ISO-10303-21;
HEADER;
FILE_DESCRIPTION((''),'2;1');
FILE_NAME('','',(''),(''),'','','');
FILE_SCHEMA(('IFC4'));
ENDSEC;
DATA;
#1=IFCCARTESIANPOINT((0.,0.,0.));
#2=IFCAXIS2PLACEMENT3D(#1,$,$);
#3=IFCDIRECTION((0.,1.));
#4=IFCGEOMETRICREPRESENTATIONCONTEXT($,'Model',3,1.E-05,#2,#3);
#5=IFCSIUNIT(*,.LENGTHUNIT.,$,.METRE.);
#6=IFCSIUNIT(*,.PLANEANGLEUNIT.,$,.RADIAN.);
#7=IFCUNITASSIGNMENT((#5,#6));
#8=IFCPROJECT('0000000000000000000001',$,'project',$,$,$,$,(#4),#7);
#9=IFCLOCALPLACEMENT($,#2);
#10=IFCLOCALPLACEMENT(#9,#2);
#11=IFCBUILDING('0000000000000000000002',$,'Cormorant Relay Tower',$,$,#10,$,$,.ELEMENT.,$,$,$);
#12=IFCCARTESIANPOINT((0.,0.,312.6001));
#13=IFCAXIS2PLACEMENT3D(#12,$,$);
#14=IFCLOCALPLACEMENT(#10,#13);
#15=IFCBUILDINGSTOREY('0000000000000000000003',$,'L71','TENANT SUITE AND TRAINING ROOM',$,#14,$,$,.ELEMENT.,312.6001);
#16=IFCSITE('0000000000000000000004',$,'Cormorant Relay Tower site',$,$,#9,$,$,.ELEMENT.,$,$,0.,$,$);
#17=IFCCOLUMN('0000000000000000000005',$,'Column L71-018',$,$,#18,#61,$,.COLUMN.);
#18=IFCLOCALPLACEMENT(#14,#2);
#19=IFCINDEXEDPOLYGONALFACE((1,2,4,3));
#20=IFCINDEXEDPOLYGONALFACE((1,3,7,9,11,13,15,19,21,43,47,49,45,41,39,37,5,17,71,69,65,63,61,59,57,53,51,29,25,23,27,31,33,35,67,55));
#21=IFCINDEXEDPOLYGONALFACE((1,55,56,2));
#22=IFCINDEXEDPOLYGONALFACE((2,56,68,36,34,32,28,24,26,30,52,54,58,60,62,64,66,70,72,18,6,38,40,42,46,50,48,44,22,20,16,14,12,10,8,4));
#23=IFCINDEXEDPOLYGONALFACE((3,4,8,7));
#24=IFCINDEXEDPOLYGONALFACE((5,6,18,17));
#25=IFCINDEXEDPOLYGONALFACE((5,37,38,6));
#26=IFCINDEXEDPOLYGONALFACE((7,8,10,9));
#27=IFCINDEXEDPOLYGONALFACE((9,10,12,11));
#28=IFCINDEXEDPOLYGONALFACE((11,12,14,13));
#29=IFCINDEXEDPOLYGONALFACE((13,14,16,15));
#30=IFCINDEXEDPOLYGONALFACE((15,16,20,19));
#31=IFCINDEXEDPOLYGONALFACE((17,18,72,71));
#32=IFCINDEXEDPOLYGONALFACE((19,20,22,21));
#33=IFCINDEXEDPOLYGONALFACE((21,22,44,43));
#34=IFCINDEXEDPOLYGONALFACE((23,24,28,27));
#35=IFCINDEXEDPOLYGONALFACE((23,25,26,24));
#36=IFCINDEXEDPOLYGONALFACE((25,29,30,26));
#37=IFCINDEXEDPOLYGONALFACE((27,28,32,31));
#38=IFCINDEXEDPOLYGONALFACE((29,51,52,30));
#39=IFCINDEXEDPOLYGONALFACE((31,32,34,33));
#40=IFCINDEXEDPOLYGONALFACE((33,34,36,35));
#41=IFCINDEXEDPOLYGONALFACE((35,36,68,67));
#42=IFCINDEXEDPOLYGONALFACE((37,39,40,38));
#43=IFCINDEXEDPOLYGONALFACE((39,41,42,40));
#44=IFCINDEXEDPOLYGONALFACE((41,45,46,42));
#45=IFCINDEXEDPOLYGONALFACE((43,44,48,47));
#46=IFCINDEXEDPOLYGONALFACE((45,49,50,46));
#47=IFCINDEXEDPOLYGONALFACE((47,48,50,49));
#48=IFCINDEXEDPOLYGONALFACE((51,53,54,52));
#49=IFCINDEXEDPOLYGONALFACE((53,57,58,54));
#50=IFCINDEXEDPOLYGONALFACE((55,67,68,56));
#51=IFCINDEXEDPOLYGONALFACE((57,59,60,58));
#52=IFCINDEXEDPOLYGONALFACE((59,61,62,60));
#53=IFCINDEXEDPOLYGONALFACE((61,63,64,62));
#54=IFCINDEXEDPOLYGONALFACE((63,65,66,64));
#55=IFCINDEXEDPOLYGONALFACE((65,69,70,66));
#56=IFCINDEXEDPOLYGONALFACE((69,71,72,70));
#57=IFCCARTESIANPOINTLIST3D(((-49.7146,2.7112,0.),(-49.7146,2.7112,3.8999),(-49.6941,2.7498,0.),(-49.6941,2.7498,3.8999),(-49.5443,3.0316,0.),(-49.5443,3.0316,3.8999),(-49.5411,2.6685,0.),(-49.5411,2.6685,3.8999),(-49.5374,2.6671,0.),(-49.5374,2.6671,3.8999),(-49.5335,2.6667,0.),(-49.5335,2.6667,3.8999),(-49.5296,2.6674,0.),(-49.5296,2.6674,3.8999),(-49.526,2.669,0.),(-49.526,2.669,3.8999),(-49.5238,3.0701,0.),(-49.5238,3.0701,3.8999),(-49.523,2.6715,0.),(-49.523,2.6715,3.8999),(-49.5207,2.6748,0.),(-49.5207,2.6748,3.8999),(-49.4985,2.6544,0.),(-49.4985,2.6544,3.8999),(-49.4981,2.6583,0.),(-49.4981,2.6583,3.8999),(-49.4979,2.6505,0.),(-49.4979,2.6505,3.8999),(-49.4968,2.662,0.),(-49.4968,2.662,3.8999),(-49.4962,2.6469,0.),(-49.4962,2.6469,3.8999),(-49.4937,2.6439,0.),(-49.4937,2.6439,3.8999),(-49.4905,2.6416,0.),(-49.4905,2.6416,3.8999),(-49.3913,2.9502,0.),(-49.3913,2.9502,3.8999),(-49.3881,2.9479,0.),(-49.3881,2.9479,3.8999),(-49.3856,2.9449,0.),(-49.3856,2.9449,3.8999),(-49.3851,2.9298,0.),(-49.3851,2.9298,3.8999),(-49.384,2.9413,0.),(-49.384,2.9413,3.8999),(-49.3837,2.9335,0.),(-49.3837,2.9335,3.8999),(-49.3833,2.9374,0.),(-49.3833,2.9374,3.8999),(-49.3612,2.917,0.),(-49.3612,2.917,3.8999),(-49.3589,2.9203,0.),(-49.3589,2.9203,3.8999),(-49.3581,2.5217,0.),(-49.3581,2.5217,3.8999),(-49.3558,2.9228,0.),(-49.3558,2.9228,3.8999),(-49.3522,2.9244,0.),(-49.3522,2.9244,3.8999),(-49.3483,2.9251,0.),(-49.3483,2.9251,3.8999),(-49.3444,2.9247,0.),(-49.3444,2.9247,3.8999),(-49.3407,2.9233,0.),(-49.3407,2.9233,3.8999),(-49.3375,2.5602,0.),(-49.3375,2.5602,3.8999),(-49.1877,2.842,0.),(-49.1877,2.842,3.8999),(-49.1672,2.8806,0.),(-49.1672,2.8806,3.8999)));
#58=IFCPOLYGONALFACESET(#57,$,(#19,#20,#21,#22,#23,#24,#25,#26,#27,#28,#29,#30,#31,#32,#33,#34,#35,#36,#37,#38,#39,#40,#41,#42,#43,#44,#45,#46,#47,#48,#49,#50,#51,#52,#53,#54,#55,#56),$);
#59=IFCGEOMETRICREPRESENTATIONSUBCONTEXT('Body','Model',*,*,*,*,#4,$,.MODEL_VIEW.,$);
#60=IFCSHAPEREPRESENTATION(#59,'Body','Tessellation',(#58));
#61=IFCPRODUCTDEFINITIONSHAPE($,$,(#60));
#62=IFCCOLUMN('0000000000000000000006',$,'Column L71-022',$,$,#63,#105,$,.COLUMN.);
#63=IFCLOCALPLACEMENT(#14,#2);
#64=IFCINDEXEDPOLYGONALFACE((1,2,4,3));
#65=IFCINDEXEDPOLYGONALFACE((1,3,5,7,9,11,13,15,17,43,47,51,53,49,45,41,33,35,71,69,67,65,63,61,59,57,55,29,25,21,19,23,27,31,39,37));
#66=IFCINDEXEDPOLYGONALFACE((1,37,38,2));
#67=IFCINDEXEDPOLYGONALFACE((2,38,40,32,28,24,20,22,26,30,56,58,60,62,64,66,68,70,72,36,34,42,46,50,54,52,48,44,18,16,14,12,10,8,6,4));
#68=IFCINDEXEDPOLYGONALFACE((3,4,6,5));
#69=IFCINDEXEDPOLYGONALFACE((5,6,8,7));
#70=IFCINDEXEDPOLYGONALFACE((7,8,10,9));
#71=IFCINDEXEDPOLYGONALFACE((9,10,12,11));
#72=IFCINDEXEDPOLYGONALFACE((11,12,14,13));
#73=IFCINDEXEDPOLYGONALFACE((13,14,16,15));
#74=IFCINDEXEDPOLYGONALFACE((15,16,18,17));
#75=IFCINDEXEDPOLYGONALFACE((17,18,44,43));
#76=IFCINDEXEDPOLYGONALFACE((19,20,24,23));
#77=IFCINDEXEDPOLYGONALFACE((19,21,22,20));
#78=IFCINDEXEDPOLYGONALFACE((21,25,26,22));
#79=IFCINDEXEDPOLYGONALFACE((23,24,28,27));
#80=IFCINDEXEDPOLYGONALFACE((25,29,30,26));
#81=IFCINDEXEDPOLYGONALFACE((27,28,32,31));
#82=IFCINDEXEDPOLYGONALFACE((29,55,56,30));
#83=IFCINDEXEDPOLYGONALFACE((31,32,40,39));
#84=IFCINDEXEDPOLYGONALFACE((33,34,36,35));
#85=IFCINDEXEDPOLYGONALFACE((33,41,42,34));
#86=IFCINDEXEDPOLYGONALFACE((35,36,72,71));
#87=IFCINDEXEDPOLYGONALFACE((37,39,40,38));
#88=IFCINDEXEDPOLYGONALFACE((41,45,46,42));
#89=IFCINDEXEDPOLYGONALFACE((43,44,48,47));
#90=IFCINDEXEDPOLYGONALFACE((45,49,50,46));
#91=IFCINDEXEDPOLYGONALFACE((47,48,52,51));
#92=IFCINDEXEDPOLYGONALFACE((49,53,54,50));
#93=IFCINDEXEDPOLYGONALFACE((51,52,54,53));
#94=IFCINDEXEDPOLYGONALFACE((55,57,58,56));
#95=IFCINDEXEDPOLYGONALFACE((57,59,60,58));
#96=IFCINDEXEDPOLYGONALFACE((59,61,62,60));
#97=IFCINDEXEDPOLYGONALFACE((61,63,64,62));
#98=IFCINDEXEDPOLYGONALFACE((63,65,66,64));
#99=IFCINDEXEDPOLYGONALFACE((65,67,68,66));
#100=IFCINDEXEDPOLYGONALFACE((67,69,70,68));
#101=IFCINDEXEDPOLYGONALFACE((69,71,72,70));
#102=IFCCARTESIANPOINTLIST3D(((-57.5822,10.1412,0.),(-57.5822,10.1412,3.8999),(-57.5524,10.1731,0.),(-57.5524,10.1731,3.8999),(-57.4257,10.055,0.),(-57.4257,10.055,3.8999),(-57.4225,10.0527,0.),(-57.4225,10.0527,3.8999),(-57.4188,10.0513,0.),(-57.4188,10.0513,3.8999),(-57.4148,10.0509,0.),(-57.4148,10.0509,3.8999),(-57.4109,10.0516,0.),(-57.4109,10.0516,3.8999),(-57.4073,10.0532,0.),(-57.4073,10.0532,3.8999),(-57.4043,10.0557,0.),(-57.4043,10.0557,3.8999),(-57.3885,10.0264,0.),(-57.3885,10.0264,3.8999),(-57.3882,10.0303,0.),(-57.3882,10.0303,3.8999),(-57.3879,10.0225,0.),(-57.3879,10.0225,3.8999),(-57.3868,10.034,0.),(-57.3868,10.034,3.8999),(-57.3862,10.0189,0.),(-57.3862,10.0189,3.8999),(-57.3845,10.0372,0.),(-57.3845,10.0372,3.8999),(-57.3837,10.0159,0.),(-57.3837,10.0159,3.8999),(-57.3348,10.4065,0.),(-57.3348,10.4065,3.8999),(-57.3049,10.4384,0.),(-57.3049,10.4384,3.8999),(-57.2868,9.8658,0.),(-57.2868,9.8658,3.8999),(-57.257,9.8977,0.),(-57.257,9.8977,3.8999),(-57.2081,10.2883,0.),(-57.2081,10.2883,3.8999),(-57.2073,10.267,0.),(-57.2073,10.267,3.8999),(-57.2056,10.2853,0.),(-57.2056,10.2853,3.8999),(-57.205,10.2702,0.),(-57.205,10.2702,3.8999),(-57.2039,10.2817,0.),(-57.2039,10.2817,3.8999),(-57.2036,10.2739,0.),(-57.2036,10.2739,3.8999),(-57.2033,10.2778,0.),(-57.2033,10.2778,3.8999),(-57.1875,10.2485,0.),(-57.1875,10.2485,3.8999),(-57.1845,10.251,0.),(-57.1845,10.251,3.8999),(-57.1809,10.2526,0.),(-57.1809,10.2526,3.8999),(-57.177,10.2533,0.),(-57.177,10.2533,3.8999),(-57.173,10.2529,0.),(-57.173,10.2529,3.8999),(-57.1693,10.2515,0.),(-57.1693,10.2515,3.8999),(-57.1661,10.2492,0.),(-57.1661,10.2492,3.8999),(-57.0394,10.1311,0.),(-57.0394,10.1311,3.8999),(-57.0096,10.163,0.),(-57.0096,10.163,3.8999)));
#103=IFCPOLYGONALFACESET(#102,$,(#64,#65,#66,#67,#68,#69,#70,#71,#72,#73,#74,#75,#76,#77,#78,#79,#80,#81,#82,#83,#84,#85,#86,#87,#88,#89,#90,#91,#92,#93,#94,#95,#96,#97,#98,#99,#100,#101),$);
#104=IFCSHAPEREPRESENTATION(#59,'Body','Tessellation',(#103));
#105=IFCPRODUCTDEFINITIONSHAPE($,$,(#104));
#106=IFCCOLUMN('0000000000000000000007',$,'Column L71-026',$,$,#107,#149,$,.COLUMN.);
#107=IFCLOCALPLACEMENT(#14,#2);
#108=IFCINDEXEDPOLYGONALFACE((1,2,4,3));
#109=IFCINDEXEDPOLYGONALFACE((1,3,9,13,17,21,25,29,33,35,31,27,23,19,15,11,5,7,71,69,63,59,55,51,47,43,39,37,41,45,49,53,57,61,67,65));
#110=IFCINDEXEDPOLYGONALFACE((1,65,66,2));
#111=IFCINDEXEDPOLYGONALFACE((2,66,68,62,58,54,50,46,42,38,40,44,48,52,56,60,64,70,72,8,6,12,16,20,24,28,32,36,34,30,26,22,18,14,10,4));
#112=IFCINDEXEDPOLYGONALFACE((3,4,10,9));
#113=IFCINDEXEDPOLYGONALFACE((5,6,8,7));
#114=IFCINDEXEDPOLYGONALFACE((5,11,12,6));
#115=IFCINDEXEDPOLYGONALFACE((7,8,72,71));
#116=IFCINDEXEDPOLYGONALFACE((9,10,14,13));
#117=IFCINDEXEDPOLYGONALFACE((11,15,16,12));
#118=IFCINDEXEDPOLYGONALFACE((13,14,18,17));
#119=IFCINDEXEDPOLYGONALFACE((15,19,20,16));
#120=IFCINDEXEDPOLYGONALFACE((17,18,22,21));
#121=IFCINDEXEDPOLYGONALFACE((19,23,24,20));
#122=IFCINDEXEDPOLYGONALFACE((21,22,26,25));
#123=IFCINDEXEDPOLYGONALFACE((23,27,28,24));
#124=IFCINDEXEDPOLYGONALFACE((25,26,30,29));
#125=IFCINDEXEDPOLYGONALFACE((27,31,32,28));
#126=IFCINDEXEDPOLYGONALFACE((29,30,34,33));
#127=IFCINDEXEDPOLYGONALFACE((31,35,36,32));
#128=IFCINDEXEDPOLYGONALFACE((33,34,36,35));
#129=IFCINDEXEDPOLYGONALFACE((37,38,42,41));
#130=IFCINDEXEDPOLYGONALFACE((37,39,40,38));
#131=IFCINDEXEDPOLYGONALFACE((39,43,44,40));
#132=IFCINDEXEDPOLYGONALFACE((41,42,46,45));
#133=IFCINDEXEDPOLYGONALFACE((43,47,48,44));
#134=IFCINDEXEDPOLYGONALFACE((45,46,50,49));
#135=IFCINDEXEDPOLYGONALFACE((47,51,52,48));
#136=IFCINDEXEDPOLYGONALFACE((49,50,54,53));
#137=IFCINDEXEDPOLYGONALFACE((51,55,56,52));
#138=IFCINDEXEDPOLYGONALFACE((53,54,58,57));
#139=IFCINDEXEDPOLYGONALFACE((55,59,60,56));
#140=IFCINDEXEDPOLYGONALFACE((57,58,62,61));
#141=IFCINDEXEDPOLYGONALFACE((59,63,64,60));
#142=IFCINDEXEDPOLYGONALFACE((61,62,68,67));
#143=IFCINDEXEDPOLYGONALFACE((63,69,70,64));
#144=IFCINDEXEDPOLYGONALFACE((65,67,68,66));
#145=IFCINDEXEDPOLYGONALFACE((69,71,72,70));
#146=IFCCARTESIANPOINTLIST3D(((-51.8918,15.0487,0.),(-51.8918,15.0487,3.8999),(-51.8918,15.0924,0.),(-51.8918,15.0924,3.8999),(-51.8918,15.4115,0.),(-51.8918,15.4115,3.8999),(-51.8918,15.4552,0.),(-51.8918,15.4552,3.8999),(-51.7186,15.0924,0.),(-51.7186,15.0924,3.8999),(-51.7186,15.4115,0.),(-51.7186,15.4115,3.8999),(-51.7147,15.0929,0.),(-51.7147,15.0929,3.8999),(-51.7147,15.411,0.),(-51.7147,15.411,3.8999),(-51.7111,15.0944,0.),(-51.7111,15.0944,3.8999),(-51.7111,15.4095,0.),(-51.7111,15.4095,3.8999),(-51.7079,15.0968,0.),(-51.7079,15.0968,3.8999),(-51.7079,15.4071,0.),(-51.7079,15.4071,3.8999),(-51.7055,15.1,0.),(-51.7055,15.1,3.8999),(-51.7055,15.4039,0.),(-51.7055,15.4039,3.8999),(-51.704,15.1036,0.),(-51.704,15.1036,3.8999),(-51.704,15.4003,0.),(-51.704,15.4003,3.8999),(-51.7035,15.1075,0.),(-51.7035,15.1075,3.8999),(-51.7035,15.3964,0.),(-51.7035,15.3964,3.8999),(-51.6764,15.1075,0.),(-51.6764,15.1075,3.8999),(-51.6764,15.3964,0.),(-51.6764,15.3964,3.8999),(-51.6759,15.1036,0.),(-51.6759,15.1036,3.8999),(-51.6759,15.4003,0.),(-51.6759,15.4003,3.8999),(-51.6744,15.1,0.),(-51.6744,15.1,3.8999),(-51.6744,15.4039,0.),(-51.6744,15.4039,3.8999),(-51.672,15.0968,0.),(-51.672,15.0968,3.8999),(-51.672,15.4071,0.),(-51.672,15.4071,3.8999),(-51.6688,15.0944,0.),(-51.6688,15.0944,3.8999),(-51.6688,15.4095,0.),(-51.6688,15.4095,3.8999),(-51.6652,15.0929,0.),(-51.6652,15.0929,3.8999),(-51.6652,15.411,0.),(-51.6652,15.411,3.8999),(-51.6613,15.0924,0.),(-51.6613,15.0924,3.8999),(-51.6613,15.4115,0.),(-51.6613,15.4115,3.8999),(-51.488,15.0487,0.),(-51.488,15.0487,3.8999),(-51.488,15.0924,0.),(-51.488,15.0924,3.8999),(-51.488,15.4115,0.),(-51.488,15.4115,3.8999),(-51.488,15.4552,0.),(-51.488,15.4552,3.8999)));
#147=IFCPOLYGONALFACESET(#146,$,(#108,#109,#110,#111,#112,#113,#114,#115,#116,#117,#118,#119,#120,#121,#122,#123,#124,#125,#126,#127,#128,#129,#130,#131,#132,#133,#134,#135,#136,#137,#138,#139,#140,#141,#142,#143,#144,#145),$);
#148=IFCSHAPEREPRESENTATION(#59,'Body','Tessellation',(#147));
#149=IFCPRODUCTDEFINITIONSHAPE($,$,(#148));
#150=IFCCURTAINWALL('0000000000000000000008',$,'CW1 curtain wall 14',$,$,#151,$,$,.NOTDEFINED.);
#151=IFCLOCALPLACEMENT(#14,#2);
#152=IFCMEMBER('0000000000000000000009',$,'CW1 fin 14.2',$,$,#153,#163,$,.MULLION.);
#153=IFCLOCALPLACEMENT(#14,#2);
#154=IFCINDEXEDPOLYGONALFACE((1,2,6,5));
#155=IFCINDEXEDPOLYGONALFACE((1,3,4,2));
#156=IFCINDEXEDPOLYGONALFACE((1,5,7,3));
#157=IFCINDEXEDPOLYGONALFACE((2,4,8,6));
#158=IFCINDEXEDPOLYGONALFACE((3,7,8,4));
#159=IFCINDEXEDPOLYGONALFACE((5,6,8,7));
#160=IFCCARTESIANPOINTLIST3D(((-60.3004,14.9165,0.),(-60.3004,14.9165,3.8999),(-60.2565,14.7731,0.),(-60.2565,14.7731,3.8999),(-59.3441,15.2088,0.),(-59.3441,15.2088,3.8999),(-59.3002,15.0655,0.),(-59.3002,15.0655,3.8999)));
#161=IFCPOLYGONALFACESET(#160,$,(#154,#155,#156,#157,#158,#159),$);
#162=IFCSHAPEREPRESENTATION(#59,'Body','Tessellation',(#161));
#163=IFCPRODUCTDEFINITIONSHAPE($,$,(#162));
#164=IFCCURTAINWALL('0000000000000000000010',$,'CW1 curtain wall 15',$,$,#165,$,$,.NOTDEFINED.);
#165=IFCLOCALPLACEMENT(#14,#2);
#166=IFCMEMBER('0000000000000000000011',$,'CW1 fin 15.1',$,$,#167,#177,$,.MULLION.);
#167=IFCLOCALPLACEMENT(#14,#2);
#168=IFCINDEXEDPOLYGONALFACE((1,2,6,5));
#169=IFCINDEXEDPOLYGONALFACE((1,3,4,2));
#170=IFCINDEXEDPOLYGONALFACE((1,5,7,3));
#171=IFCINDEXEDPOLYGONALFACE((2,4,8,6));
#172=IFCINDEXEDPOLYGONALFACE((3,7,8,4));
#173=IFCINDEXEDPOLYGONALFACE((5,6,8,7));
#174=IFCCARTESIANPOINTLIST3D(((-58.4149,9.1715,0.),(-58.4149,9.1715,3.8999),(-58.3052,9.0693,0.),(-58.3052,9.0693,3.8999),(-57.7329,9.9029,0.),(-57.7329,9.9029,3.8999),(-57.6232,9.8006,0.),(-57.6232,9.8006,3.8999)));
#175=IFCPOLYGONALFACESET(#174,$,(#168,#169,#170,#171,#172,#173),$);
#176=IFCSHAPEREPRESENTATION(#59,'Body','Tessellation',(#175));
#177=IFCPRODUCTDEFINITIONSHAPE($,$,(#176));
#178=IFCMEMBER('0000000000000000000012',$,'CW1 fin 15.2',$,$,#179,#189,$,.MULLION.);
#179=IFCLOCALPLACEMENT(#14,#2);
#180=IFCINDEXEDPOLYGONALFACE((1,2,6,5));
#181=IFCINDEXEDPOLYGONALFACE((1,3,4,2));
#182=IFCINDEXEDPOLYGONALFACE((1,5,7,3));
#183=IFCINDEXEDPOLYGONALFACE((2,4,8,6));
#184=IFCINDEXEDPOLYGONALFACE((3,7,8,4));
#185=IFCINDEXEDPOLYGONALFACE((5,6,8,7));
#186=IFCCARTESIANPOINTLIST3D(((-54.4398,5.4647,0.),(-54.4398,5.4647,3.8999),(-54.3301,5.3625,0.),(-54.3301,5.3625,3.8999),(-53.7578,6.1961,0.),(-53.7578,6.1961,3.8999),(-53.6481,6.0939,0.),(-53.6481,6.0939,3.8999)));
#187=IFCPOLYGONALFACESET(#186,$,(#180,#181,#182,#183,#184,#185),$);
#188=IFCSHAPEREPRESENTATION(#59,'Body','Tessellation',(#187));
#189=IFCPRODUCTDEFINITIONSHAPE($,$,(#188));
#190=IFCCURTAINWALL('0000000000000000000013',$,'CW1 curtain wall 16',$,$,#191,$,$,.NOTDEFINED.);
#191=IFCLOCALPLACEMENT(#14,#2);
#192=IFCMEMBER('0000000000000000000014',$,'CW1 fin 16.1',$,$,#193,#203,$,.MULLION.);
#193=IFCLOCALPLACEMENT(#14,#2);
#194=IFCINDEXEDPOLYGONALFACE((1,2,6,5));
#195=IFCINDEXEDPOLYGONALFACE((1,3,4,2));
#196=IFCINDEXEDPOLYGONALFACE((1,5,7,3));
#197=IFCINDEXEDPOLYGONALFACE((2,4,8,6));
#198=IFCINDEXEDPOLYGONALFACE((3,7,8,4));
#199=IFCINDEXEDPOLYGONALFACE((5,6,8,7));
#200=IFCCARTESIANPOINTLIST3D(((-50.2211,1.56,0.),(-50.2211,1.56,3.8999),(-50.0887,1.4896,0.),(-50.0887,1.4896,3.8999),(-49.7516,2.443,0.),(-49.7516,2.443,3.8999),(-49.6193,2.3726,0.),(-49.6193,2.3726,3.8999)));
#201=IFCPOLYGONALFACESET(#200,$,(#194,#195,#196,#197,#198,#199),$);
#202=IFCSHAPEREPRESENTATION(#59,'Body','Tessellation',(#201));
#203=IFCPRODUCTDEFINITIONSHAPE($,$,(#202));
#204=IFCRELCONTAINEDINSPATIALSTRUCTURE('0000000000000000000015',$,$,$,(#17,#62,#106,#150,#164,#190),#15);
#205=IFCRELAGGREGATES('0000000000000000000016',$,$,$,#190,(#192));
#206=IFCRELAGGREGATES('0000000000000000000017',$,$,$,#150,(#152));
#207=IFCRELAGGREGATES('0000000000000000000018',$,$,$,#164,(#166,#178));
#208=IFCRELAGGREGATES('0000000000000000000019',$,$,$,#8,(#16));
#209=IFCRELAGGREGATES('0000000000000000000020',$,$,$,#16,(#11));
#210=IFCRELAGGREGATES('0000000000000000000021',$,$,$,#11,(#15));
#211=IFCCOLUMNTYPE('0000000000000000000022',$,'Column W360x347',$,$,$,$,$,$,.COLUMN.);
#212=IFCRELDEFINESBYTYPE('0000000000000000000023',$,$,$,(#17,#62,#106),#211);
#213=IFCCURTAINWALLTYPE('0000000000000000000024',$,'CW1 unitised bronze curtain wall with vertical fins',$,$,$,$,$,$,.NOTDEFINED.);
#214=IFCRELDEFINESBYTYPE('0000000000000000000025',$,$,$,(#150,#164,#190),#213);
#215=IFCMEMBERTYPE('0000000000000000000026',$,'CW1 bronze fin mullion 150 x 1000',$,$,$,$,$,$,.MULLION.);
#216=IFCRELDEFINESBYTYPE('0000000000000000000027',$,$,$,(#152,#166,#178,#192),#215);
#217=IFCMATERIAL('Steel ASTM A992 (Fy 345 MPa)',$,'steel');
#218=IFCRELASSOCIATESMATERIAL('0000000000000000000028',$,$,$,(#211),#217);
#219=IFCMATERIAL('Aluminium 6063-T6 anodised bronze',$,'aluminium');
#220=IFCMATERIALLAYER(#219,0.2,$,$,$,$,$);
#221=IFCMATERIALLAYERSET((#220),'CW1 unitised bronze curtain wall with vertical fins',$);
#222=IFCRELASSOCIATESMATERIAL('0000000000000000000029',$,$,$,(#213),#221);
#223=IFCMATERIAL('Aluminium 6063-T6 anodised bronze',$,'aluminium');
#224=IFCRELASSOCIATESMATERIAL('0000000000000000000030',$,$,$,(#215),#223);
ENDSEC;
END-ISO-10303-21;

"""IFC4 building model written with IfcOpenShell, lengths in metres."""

from ifc_helpers import new_model, si_unit, direction, frame, origin, origin_2d, place, context, subcontext, project, spatial, rectangle, i_section, extrude, material, layer, layer_set, material_profile, profile_set, type_object, element, aggregate, save


model = new_model("IFC4")

# Units and contexts
model_context = context("Model", 3, precision=1e-05, world=origin(), true_north=direction((0.0, 1.0)))
body_context = subcontext(model_context, "Body", "Model", "MODEL_VIEW")
ifc_project = project(units=[si_unit("LENGTHUNIT", "METRE"), si_unit("PLANEANGLEUNIT", "RADIAN")], contexts=[model_context])

# Site, building, storey
site_placement = place(None, origin())
site = spatial("IfcSite", under=ifc_project, at=site_placement, Name="Cormorant Relay Tower site", CompositionType="ELEMENT", RefElevation=0.0)
building_placement = place(site_placement, origin())
building = spatial("IfcBuilding", under=site, at=building_placement, Name="Cormorant Relay Tower", CompositionType="ELEMENT")
storey_placement = place(building_placement, frame((0.0, 0.0, 312.6001)))
storey = spatial("IfcBuildingStorey", under=building, at=storey_placement, Name="L71", Description="TENANT SUITE AND TRAINING ROOM", CompositionType="ELEMENT", Elevation=312.6001)

# Columns
ifc_material_1 = material(Name="Steel ASTM A992 (Fy 345 MPa)", Category="steel")
ifc_material_profile_1 = material_profile(ifc_material_1, i_section(OverallWidth=0.4038, OverallDepth=0.4065, WebThickness=0.0271, FlangeThickness=0.0437, FilletRadius=0.0151, at=origin_2d()), Name="W360x347")
ifc_profile_set_1 = profile_set([ifc_material_profile_1], Name="Steel ASTM A992 (Fy 345 MPa)")
column_type = type_object("IfcColumnType", Name="Column W360x347", PredefinedType="COLUMN", material=ifc_profile_set_1)
for number, where, z_axis, x_axis, name in (
    (1, (-49.4409, 2.7959, 0.0), (0.0, 0.0, 1.0), (0.882948, -0.469472, 0.0), "Column L71-018"),
    (2, (-57.2959, 10.1521, 0.0), (0.0, 0.0, 1.0), (0.731354, -0.681998, 0.0), "Column L71-022"),
    (3, (-51.6899, 15.252, 0.0), (0.0, 0.0, 1.0), (1.0, 0.0, 0.0), "Column L71-026"),
):
    element("IfcColumn", number, at=place(storey_placement, frame(where, z_axis=z_axis, x_axis=x_axis)), inside=storey, type_object=column_type, Name=name, PredefinedType="COLUMN", context=body_context, shape_type="SweptSolid", body=[
        extrude(i_section(OverallWidth=0.4038, OverallDepth=0.4065, WebThickness=0.0271, FlangeThickness=0.0437, FilletRadius=0.0151, at=origin_2d()), origin(), (0.0, 0.0, 1.0), 3.8999),
    ])

# Curtain wall, member
ifc_material_2 = material(Name="Aluminium 6063-T6 anodised bronze", Category="aluminium")
ifc_layer_1 = layer(ifc_material_2, 0.2)
ifc_layer_set_1 = layer_set([ifc_layer_1], Name="CW1 unitised bronze curtain wall with vertical fins")
curtain_wall_type = type_object("IfcCurtainWallType", Name="CW1 unitised bronze curtain wall with vertical fins", PredefinedType="NOTDEFINED", material=ifc_layer_set_1)
curtain_wall_1_placement = place(storey_placement, origin())
curtain_wall_1 = element("IfcCurtainWall", 4, at=curtain_wall_1_placement, inside=storey, type_object=curtain_wall_type, Name="CW1 curtain wall 14", PredefinedType="NOTDEFINED")
ifc_material_3 = material(Name="Aluminium 6063-T6 anodised bronze", Category="aluminium")
ifc_material_profile_2 = material_profile(ifc_material_3, rectangle(XDim=0.1499, YDim=1.0, at=origin_2d()), Name="AL 150x1000")
ifc_profile_set_2 = profile_set([ifc_material_profile_2], Name="Aluminium 6063-T6 anodised bronze")
member_type_1 = type_object("IfcMemberType", Name="CW1 bronze fin mullion 150 x 1000", PredefinedType="MULLION", material=ifc_profile_set_2)
member_1_placement = place(storey_placement, frame((-59.8003, 14.991, 0.0), z_axis=(0.0, 0.0, 1.0), x_axis=(0.292372, -0.956305, 0.0)))
member_1 = element("IfcMember", 5, at=member_1_placement, type_object=member_type_1, Name="CW1 fin 14.2", PredefinedType="MULLION", context=body_context, shape_type="SweptSolid", body=[
    extrude(rectangle(XDim=0.1499, YDim=1.0, at=origin_2d()), origin(), (0.0, 0.0, 1.0), 3.8999),
])

# Curtain wall, members
curtain_wall_2_placement = place(storey_placement, origin())
curtain_wall_2 = element("IfcCurtainWall", 6, at=curtain_wall_2_placement, inside=storey, type_object=curtain_wall_type, Name="CW1 curtain wall 15", PredefinedType="NOTDEFINED")
member_2_placement = place(storey_placement, frame((-58.019, 9.4861, 0.0), z_axis=(0.0, 0.0, 1.0), x_axis=(0.731354, -0.681998, 0.0)))
member_2 = element("IfcMember", 7, at=member_2_placement, type_object=member_type_1, Name="CW1 fin 15.1", PredefinedType="MULLION", context=body_context, shape_type="SweptSolid", body=[
    extrude(rectangle(XDim=0.1499, YDim=1.0, at=origin_2d()), origin(), (0.0, 0.0, 1.0), 3.8999),
])
member_3_placement = place(storey_placement, frame((-54.0439, 5.7793, 0.0), z_axis=(0.0, 0.0, 1.0), x_axis=(0.731354, -0.681998, 0.0)))
member_3 = element("IfcMember", 8, at=member_3_placement, type_object=member_type_1, Name="CW1 fin 15.2", PredefinedType="MULLION", context=body_context, shape_type="SweptSolid", body=[
    extrude(rectangle(XDim=0.1499, YDim=1.0, at=origin_2d()), origin(), (0.0, 0.0, 1.0), 3.8999),
])

# Curtain wall, member
curtain_wall_3_placement = place(storey_placement, origin())
curtain_wall_3 = element("IfcCurtainWall", 9, at=curtain_wall_3_placement, inside=storey, type_object=curtain_wall_type, Name="CW1 curtain wall 16", PredefinedType="NOTDEFINED")
member_4_placement = place(storey_placement, frame((-49.9202, 1.9663, 0.0), z_axis=(0.0, 0.0, 1.0), x_axis=(0.882948, -0.469472, 0.0)))
member_4 = element("IfcMember", 10, at=member_4_placement, type_object=member_type_1, Name="CW1 fin 16.1", PredefinedType="MULLION", context=body_context, shape_type="SweptSolid", body=[
    extrude(rectangle(XDim=0.1499, YDim=1.0, at=origin_2d()), origin(), (0.0, 0.0, 1.0), 3.8999),
])

aggregate(curtain_wall_3, [member_4])

aggregate(curtain_wall_1, [member_1])
aggregate(curtain_wall_2, [member_2, member_3])

save(model, "model.ifc")
